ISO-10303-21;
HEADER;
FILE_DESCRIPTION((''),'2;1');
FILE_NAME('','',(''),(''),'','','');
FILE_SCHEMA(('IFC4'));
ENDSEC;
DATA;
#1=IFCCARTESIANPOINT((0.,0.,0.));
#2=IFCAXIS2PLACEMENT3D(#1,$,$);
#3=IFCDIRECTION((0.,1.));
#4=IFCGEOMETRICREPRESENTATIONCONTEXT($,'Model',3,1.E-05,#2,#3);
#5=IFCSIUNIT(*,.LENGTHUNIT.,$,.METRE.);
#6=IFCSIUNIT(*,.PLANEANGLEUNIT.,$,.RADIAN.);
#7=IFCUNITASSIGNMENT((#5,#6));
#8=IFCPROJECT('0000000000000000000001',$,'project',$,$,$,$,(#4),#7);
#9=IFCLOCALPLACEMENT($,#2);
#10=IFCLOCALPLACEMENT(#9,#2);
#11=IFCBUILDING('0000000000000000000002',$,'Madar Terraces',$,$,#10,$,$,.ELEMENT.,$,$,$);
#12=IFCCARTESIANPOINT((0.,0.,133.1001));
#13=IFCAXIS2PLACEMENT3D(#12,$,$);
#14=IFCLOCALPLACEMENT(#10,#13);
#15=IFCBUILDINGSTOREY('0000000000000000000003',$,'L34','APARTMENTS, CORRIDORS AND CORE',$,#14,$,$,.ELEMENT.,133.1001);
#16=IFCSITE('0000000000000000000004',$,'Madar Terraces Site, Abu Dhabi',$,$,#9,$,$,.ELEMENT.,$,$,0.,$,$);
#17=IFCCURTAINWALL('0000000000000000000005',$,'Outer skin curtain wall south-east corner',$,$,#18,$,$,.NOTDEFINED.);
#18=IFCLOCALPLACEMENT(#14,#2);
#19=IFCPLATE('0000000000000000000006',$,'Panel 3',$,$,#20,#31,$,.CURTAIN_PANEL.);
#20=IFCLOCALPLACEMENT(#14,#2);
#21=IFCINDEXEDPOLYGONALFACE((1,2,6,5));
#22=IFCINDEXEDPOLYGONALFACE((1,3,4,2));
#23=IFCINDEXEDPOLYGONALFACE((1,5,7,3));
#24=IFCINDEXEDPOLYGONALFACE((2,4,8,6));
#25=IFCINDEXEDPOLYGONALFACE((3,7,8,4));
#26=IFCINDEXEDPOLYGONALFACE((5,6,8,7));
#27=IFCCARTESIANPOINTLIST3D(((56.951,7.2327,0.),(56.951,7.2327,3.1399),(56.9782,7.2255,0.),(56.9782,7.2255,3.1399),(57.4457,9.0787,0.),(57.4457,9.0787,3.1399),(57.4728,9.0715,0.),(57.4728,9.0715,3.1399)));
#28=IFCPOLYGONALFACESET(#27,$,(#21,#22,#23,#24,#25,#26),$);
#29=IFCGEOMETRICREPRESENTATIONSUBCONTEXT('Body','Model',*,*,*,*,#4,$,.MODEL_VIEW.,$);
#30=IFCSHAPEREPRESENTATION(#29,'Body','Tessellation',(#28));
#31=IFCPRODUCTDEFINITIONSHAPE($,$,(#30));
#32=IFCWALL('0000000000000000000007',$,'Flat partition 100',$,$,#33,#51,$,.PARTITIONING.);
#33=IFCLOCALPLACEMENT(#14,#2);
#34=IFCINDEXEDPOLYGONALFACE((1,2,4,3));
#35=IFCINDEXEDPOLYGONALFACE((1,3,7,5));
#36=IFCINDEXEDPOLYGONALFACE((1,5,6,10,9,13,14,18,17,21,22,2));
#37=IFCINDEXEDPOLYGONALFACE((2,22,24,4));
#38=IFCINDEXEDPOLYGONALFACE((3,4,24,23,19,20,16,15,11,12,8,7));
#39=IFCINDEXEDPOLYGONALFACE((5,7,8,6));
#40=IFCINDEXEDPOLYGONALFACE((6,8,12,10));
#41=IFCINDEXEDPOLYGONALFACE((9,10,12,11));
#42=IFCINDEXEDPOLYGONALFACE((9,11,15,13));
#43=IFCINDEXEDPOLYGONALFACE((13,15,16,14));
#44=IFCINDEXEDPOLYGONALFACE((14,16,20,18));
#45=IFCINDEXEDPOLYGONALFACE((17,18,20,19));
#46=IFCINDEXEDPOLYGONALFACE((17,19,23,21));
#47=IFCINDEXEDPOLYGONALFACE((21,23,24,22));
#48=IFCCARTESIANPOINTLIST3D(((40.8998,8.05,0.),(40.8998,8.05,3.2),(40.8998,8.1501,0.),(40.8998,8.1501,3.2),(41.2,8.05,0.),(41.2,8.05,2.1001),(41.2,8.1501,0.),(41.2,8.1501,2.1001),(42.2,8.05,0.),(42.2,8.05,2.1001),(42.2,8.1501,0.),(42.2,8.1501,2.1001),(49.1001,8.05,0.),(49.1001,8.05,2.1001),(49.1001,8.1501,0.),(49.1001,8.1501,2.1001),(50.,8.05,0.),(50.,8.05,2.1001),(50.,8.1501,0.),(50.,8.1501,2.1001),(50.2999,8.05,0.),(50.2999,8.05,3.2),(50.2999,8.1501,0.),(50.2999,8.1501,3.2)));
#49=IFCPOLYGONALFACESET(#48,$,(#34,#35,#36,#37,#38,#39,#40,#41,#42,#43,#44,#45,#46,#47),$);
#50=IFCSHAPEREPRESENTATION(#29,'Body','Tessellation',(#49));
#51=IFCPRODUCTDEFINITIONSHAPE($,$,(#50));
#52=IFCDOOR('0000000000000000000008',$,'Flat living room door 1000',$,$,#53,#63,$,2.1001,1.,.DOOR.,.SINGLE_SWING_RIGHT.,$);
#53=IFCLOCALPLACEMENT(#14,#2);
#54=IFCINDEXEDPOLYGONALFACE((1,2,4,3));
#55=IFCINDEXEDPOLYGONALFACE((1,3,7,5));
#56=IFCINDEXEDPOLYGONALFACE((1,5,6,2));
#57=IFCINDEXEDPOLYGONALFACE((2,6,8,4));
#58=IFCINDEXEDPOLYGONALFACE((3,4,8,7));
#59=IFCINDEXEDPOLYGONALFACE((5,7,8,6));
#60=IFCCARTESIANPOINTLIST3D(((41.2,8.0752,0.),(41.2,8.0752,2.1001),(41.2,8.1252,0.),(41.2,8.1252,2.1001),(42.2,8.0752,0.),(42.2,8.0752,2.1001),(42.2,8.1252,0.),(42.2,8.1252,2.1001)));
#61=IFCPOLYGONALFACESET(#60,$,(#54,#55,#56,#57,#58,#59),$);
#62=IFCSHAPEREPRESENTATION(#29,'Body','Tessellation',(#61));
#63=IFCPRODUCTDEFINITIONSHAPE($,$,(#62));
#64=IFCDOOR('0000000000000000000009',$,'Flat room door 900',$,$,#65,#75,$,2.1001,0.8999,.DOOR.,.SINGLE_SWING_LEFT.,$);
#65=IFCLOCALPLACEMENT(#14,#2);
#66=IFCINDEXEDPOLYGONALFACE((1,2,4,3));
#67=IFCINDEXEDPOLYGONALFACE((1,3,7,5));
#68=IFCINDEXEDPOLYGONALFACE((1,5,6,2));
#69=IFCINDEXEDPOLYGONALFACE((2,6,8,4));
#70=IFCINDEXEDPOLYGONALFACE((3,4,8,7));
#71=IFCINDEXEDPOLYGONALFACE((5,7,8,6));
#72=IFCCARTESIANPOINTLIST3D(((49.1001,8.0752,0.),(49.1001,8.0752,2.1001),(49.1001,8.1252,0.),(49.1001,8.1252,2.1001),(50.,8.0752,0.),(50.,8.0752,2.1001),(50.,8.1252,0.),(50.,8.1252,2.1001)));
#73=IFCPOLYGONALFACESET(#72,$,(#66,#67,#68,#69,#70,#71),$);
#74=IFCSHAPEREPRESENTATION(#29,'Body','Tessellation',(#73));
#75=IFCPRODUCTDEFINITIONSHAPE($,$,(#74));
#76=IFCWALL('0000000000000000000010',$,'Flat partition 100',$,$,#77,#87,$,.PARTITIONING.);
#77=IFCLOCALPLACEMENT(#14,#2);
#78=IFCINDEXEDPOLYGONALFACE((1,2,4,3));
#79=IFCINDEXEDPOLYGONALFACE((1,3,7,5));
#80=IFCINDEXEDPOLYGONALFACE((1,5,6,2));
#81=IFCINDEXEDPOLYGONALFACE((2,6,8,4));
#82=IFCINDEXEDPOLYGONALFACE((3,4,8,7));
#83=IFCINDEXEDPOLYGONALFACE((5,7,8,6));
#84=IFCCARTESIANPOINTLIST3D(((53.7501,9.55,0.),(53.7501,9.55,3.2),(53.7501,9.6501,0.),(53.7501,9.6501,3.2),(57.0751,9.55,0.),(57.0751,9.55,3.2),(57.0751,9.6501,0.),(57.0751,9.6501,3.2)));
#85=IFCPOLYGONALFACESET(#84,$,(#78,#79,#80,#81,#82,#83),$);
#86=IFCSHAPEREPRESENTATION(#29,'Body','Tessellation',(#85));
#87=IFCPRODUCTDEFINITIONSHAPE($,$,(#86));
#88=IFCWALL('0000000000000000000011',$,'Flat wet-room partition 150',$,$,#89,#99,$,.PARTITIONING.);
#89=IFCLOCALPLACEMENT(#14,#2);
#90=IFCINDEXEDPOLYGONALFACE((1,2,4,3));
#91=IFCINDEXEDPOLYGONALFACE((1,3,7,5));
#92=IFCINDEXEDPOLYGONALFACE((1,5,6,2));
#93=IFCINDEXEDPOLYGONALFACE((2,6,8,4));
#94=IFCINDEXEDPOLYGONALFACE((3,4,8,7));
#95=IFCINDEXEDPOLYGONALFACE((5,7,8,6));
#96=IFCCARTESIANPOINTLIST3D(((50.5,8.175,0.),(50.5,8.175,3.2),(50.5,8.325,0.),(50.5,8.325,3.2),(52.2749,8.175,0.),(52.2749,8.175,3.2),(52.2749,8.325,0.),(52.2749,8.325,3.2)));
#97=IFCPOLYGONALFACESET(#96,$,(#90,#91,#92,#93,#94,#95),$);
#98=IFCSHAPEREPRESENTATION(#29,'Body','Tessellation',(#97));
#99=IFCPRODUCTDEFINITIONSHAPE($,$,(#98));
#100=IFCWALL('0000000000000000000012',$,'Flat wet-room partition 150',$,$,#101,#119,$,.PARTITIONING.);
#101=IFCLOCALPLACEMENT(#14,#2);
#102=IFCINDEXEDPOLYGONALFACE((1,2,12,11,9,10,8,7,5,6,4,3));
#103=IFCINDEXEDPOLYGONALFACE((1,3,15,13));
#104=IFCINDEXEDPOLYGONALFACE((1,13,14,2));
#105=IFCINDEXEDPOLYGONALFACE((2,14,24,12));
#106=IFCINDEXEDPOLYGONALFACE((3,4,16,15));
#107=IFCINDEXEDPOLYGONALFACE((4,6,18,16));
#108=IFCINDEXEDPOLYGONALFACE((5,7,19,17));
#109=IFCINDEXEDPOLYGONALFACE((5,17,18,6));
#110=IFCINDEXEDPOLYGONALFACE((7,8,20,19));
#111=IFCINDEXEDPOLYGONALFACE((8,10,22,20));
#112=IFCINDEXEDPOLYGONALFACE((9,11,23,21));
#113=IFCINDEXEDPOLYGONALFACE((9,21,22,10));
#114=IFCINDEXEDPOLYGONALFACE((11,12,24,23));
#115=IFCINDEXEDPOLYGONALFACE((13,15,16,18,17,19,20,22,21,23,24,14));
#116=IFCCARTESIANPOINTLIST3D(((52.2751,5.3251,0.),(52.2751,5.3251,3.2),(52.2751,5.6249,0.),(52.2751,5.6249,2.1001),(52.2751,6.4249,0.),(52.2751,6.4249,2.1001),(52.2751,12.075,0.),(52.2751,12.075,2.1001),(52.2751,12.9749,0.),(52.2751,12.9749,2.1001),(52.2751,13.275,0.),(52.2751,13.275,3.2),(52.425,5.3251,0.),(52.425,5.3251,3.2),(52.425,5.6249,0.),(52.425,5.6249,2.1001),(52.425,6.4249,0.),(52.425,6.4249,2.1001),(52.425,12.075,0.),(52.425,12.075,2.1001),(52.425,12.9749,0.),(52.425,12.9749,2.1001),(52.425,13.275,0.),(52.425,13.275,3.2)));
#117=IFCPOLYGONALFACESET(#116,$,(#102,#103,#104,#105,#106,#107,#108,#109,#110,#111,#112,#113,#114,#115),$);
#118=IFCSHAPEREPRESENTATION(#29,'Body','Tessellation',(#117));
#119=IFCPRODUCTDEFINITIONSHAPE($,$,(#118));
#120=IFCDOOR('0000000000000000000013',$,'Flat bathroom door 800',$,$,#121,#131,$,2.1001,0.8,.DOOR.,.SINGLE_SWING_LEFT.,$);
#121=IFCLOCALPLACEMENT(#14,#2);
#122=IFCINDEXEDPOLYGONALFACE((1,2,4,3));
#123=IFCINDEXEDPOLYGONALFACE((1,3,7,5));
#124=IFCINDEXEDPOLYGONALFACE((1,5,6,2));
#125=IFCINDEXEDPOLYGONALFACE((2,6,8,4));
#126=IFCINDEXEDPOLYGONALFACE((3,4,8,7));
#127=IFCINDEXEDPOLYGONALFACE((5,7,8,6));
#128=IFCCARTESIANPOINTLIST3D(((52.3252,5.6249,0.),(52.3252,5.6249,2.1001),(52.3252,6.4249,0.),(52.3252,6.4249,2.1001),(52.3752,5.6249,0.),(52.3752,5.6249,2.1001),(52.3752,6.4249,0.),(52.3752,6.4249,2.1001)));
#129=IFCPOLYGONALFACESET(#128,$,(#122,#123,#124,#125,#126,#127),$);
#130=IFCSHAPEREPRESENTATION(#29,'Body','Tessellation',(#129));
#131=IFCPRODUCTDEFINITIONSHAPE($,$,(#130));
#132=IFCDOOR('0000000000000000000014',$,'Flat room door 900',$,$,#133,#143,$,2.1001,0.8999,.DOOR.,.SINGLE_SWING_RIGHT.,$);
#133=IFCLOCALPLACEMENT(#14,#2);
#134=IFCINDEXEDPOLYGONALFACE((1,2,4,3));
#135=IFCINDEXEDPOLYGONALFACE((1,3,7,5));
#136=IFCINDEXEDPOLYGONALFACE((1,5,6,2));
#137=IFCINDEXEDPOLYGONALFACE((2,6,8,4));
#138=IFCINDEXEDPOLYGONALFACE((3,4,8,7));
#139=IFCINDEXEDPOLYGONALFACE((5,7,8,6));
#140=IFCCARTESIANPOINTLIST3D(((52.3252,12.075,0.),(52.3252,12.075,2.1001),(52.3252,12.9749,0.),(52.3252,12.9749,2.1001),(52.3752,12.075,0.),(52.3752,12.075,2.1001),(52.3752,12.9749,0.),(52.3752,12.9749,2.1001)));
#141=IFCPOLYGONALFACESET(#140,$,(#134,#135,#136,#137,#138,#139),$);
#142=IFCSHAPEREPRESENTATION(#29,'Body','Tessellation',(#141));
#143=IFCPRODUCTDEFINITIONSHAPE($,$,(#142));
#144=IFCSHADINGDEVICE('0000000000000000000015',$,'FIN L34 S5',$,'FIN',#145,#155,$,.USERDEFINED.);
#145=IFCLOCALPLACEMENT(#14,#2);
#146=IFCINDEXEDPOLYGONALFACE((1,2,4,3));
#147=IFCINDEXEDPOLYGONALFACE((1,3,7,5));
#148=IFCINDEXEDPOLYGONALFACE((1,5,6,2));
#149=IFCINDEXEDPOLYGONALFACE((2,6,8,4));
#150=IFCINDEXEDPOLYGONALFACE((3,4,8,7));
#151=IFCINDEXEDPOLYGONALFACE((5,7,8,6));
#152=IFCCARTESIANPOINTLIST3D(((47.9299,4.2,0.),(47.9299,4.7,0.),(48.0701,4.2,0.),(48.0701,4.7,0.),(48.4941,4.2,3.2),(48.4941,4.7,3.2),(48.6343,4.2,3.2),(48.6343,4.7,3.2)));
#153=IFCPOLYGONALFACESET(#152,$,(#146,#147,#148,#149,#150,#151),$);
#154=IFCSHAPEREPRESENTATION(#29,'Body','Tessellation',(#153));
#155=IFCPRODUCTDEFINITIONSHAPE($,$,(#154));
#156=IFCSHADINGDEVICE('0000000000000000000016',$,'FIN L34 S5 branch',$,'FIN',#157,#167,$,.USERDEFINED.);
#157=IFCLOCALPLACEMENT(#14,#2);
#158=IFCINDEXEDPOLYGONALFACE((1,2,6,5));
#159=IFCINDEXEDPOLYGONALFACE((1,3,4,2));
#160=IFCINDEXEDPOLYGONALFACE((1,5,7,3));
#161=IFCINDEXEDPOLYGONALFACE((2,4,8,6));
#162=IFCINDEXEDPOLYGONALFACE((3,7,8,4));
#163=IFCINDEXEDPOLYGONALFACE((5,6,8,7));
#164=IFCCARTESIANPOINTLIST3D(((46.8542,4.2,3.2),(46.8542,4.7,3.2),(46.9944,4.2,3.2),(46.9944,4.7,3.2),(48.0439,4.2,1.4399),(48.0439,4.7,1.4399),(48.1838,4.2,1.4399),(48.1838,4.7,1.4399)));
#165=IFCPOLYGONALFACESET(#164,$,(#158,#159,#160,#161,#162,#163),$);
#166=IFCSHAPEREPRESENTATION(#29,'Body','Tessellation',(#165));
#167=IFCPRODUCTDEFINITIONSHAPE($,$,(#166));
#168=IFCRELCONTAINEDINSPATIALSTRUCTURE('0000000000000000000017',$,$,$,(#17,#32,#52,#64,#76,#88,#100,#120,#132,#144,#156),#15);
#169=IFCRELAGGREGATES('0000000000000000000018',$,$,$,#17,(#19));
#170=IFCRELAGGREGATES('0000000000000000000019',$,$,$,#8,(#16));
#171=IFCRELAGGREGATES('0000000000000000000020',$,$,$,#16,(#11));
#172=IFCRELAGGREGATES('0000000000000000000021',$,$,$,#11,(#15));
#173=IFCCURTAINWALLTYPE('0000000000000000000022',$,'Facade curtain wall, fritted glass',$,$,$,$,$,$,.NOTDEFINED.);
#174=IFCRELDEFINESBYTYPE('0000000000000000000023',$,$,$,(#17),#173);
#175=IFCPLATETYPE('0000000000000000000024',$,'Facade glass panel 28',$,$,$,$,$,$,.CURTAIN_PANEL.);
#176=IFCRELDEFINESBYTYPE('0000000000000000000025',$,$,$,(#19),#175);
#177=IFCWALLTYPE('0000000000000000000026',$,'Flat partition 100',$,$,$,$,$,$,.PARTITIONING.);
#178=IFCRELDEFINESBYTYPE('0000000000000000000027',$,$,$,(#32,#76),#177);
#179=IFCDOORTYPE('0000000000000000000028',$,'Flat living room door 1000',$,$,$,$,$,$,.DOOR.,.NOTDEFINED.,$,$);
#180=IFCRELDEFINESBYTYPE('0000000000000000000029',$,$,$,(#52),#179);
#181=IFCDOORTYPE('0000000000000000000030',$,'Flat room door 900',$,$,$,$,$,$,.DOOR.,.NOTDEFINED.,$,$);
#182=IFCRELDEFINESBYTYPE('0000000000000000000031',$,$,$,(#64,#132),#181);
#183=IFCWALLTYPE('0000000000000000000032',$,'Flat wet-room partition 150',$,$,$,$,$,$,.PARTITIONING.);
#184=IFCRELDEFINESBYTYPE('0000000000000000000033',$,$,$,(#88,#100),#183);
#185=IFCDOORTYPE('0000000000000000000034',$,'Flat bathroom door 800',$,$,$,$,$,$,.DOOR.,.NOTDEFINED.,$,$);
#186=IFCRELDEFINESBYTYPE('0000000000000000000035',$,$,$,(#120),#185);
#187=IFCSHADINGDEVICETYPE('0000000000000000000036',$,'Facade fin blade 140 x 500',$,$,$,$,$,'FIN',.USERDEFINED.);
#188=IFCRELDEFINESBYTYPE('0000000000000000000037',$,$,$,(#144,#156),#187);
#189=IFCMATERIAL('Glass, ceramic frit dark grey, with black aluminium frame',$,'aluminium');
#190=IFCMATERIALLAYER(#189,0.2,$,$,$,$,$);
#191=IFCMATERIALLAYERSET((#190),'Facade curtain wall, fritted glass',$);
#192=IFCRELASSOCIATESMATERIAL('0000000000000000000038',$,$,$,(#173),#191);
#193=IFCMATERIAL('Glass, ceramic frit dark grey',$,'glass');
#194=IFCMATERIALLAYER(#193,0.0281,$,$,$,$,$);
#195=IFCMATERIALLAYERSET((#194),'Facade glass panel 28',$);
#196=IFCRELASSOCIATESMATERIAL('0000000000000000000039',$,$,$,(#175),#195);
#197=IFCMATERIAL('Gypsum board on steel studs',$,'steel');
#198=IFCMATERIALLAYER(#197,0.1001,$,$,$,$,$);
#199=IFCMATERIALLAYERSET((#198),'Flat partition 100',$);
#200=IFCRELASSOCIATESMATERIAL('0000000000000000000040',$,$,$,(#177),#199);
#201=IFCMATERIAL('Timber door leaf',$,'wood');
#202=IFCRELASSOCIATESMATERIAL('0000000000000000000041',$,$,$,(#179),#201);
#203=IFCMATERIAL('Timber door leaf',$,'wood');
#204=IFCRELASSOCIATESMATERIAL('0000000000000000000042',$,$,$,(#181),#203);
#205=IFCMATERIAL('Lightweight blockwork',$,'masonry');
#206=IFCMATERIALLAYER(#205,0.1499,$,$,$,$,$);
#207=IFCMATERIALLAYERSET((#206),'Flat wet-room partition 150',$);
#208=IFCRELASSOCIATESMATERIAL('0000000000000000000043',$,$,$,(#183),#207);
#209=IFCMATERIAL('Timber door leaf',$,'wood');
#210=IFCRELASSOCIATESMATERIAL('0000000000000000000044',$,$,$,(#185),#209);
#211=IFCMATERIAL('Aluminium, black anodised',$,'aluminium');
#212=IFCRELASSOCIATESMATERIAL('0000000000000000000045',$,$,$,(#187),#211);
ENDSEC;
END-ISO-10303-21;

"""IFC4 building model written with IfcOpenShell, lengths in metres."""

from ifc_helpers import new_model, si_unit, direction, frame, frame_2d, origin, origin_2d, place, context, subcontext, project, spatial, polyline, rectangle, outline, extrude, material, layer, layer_set, type_object, element, fill, aggregate, save


model = new_model("IFC4")

# Units and contexts
model_context = context("Model", 3, precision=1e-05, world=origin(), true_north=direction((0.0, 1.0)))
body_context = subcontext(model_context, "Body", "Model", "MODEL_VIEW")
ifc_project = project(units=[si_unit("LENGTHUNIT", "METRE"), si_unit("PLANEANGLEUNIT", "RADIAN")], contexts=[model_context])

# Site, building, storey
site_placement = place(None, origin())
site = spatial("IfcSite", under=ifc_project, at=site_placement, Name="Madar Terraces Site, Abu Dhabi", CompositionType="ELEMENT", RefElevation=0.0)
building_placement = place(site_placement, origin())
building = spatial("IfcBuilding", under=site, at=building_placement, Name="Madar Terraces", CompositionType="ELEMENT")
storey_placement = place(building_placement, frame((0.0, 0.0, 133.1001)))
storey = spatial("IfcBuildingStorey", under=building, at=storey_placement, Name="L34", Description="APARTMENTS, CORRIDORS AND CORE", CompositionType="ELEMENT", Elevation=133.1001)

# Shared definitions
ifc_material_1 = material(Name="Glass, ceramic frit dark grey, with black aluminium frame", Category="aluminium")
ifc_layer_1 = layer(ifc_material_1, 0.2)
ifc_layer_set_1 = layer_set([ifc_layer_1], Name="Facade curtain wall, fritted glass")
curtain_wall_type = type_object("IfcCurtainWallType", Name="Facade curtain wall, fritted glass", PredefinedType="NOTDEFINED", material=ifc_layer_set_1)

# Curtain wall
curtain_wall_1_placement = place(storey_placement, origin())
curtain_wall_1 = element("IfcCurtainWall", 1, at=curtain_wall_1_placement, inside=storey, type_object=curtain_wall_type, Name="Outer skin curtain wall south-east corner", PredefinedType="NOTDEFINED")

# Plate
ifc_material_2 = material(Name="Glass, ceramic frit dark grey", Category="glass")
ifc_layer_2 = layer(ifc_material_2, 0.0281)
ifc_layer_set_2 = layer_set([ifc_layer_2], Name="Facade glass panel 28")
plate_type = type_object("IfcPlateType", Name="Facade glass panel 28", PredefinedType="CURTAIN_PANEL", material=ifc_layer_set_2)
plate_1_placement = place(storey_placement, frame((57.2119, 8.1521, 0.0), z_axis=(0.0, 0.0, 1.0), x_axis=(0.258819, 0.965926, 0.0)))
plate_1 = element("IfcPlate", 2, at=plate_1_placement, type_object=plate_type, Name="Panel 3", PredefinedType="CURTAIN_PANEL", context=body_context, shape_type="SweptSolid", body=[
    extrude(rectangle(XDim=1.9111, YDim=0.0281, at=origin_2d()), origin(), (0.0, 0.0, 1.0), 3.1399),
])
aggregate(curtain_wall_1, [plate_1])

# Wall, openings, doors
ifc_material_3 = material(Name="Gypsum board on steel studs", Category="steel")
ifc_layer_3 = layer(ifc_material_3, 0.1001)
ifc_layer_set_3 = layer_set([ifc_layer_3], Name="Flat partition 100")
wall_type_1 = type_object("IfcWallType", Name="Flat partition 100", PredefinedType="PARTITIONING", material=ifc_layer_set_3)
wall_1_placement = place(storey_placement, frame((50.3, 8.1001, 0.0), z_axis=(0.0, 0.0, 1.0), x_axis=(-1.0, 0.0, 0.0)))
wall_1 = element("IfcWall", 3, at=wall_1_placement, inside=storey, type_object=wall_type_1, Name="Flat partition 100", PredefinedType="PARTITIONING", context=body_context, shape_type="SweptSolid", body=[
    extrude(rectangle(XDim=9.4001, YDim=0.1001, at=frame_2d((4.7002, 0.0))), origin(), (0.0, 0.0, 1.0), 3.2),
])
opening_1_placement = place(wall_1_placement, frame((8.1001, 0.0, 0.0)))
opening_1 = element("IfcOpeningElement", 4, at=opening_1_placement, cuts=wall_1, PredefinedType="OPENING", context=body_context, shape_type="SweptSolid", body=[
    extrude(rectangle(XDim=1.0, YDim=2.1001, at=frame_2d((0.5, 1.05))), frame((0.0, 0.0601, 0.0), z_axis=(0.0, -1.0, 0.0), x_axis=(1.0, 0.0, 0.0)), (0.0, 0.0, 1.0), 0.1201),
])
opening_2_placement = place(wall_1_placement, frame((0.3, 0.0, 0.0)))
opening_2 = element("IfcOpeningElement", 5, at=opening_2_placement, cuts=wall_1, PredefinedType="OPENING", context=body_context, shape_type="SweptSolid", body=[
    extrude(rectangle(XDim=0.8999, YDim=2.1001, at=frame_2d((0.45, 1.05))), frame((0.0, 0.0601, 0.0), z_axis=(0.0, -1.0, 0.0), x_axis=(1.0, 0.0, 0.0)), (0.0, 0.0, 1.0), 0.1201),
])
ifc_material_4 = material(Name="Timber door leaf", Category="wood")
door_type_1 = type_object("IfcDoorType", Name="Flat living room door 1000", OperationType="NOTDEFINED", PredefinedType="DOOR", material=ifc_material_4)
door_1_placement = place(opening_1_placement, origin())
door_1 = element("IfcDoor", 6, at=door_1_placement, inside=storey, type_object=door_type_1, Name="Flat living room door 1000", OperationType="SINGLE_SWING_RIGHT", OverallHeight=2.1001, OverallWidth=1.0, PredefinedType="DOOR", context=body_context, shape_type="SweptSolid", body=[
    extrude(rectangle(XDim=1.0, YDim=2.1001, at=frame_2d((0.5, 1.05))), frame((0.0, 0.0249, 0.0), z_axis=(0.0, -1.0, 0.0), x_axis=(1.0, 0.0, 0.0)), (0.0, 0.0, 1.0), 0.05),
])
fill(opening_1, door_1)
ifc_material_5 = material(Name="Timber door leaf", Category="wood")
door_type_2 = type_object("IfcDoorType", Name="Flat room door 900", OperationType="NOTDEFINED", PredefinedType="DOOR", material=ifc_material_5)
door_2_placement = place(opening_2_placement, origin())
door_2 = element("IfcDoor", 7, at=door_2_placement, inside=storey, type_object=door_type_2, Name="Flat room door 900", OperationType="SINGLE_SWING_LEFT", OverallHeight=2.1001, OverallWidth=0.8999, PredefinedType="DOOR", context=body_context, shape_type="SweptSolid", body=[
    extrude(rectangle(XDim=0.8999, YDim=2.1001, at=frame_2d((0.45, 1.05))), frame((0.0, 0.0249, 0.0), z_axis=(0.0, -1.0, 0.0), x_axis=(1.0, 0.0, 0.0)), (0.0, 0.0, 1.0), 0.05),
])
fill(opening_2, door_2)

# Walls
wall_2_placement = place(storey_placement, frame((53.75, 9.6001, 0.0), z_axis=(0.0, 0.0, 1.0), x_axis=(1.0, 0.0, 0.0)))
element("IfcWall", 8, at=wall_2_placement, inside=storey, type_object=wall_type_1, Name="Flat partition 100", PredefinedType="PARTITIONING", context=body_context, shape_type="SweptSolid", body=[
    extrude(rectangle(XDim=3.325, YDim=0.1001, at=frame_2d((1.6626, 0.0))), origin(), (0.0, 0.0, 1.0), 3.2),
])
ifc_material_6 = material(Name="Lightweight blockwork", Category="masonry")
ifc_layer_4 = layer(ifc_material_6, 0.1499)
ifc_layer_set_4 = layer_set([ifc_layer_4], Name="Flat wet-room partition 150")
wall_type_2 = type_object("IfcWallType", Name="Flat wet-room partition 150", PredefinedType="PARTITIONING", material=ifc_layer_set_4)
wall_3_placement = place(storey_placement, frame((50.5, 8.25, 0.0), z_axis=(0.0, 0.0, 1.0), x_axis=(1.0, 0.0, 0.0)))
element("IfcWall", 9, at=wall_3_placement, inside=storey, type_object=wall_type_2, Name="Flat wet-room partition 150", PredefinedType="PARTITIONING", context=body_context, shape_type="SweptSolid", body=[
    extrude(rectangle(XDim=1.7749, YDim=0.1499, at=frame_2d((0.8875, 0.0))), origin(), (0.0, 0.0, 1.0), 3.2),
])

# Wall, openings, doors
wall_4_placement = place(storey_placement, frame((52.3501, 5.325, 0.0), z_axis=(0.0, 0.0, 1.0), x_axis=(0.0, 1.0, 0.0)))
wall_4 = element("IfcWall", 10, at=wall_4_placement, inside=storey, type_object=wall_type_2, Name="Flat wet-room partition 150", PredefinedType="PARTITIONING", context=body_context, shape_type="SweptSolid", body=[
    extrude(rectangle(XDim=7.95, YDim=0.1499, at=frame_2d((3.9751, 0.0))), origin(), (0.0, 0.0, 1.0), 3.2),
])
opening_3_placement = place(wall_4_placement, frame((6.75, 0.0, 0.0)))
opening_3 = element("IfcOpeningElement", 11, at=opening_3_placement, cuts=wall_4, PredefinedType="OPENING", context=body_context, shape_type="SweptSolid", body=[
    extrude(rectangle(XDim=0.8999, YDim=2.1001, at=frame_2d((0.45, 1.05))), frame((0.0, 0.085, 0.0), z_axis=(0.0, -1.0, 0.0), x_axis=(1.0, 0.0, 0.0)), (0.0, 0.0, 1.0), 0.1699),
])
opening_4_placement = place(wall_4_placement, frame((0.3, 0.0, 0.0)))
opening_4 = element("IfcOpeningElement", 12, at=opening_4_placement, cuts=wall_4, PredefinedType="OPENING", context=body_context, shape_type="SweptSolid", body=[
    extrude(rectangle(XDim=0.8, YDim=2.1001, at=frame_2d((0.3999, 1.05))), frame((0.0, 0.085, 0.0), z_axis=(0.0, -1.0, 0.0), x_axis=(1.0, 0.0, 0.0)), (0.0, 0.0, 1.0), 0.1699),
])
ifc_material_7 = material(Name="Timber door leaf", Category="wood")
door_type_3 = type_object("IfcDoorType", Name="Flat bathroom door 800", OperationType="NOTDEFINED", PredefinedType="DOOR", material=ifc_material_7)
door_3_placement = place(opening_4_placement, origin())
door_3 = element("IfcDoor", 13, at=door_3_placement, inside=storey, type_object=door_type_3, Name="Flat bathroom door 800", OperationType="SINGLE_SWING_LEFT", OverallHeight=2.1001, OverallWidth=0.8, PredefinedType="DOOR", context=body_context, shape_type="SweptSolid", body=[
    extrude(rectangle(XDim=0.8, YDim=2.1001, at=frame_2d((0.3999, 1.05))), frame((0.0, 0.0249, 0.0), z_axis=(0.0, -1.0, 0.0), x_axis=(1.0, 0.0, 0.0)), (0.0, 0.0, 1.0), 0.05),
])
fill(opening_4, door_3)
door_4_placement = place(opening_3_placement, origin())
door_4 = element("IfcDoor", 14, at=door_4_placement, inside=storey, type_object=door_type_2, Name="Flat room door 900", OperationType="SINGLE_SWING_RIGHT", OverallHeight=2.1001, OverallWidth=0.8999, PredefinedType="DOOR", context=body_context, shape_type="SweptSolid", body=[
    extrude(rectangle(XDim=0.8999, YDim=2.1001, at=frame_2d((0.45, 1.05))), frame((0.0, 0.0249, 0.0), z_axis=(0.0, -1.0, 0.0), x_axis=(1.0, 0.0, 0.0)), (0.0, 0.0, 1.0), 0.05),
])
fill(opening_3, door_4)

# Shading devices
ifc_material_8 = material(Name="Aluminium, black anodised", Category="aluminium")
shading_device_type = type_object("IfcShadingDeviceType", Name="Facade fin blade 140 x 500", ElementType="FIN", PredefinedType="USERDEFINED", material=ifc_material_8)
shading_device_1_placement = place(storey_placement, frame((47.9299, 4.45, 0.0), z_axis=(0.0, 0.0, 1.0), x_axis=(1.0, 0.0, 0.0)))
element("IfcShadingDevice", 15, at=shading_device_1_placement, inside=storey, type_object=shading_device_type, Name="FIN L34 S5", ObjectType="FIN", PredefinedType="USERDEFINED", context=body_context, shape_type="SweptSolid", body=[
    extrude(outline(polyline([(0.0, 0.0), (0.1401, 0.0), (0.7043, 3.2), (0.5642, 3.2), (0.0, 0.0)])), frame((0.0, 0.25, 0.0), z_axis=(0.0, -1.0, 0.0), x_axis=(1.0, 0.0, 0.0)), (0.0, 0.0, 1.0), 0.5),
])
shading_device_2_placement = place(storey_placement, frame((48.0439, 4.45, 1.4399), z_axis=(0.0, 0.0, 1.0), x_axis=(1.0, 0.0, 0.0)))
element("IfcShadingDevice", 16, at=shading_device_2_placement, inside=storey, type_object=shading_device_type, Name="FIN L34 S5 branch", ObjectType="FIN", PredefinedType="USERDEFINED", context=body_context, shape_type="SweptSolid", body=[
    extrude(outline(polyline([(0.0, 0.0), (0.1399, 0.0), (-1.0496, 1.76), (-1.1897, 1.76), (0.0, 0.0)])), frame((0.0, 0.25, 0.0), z_axis=(0.0, -1.0, 0.0), x_axis=(1.0, 0.0, 0.0)), (0.0, 0.0, 1.0), 0.5),
])

save(model, "model.ifc")
